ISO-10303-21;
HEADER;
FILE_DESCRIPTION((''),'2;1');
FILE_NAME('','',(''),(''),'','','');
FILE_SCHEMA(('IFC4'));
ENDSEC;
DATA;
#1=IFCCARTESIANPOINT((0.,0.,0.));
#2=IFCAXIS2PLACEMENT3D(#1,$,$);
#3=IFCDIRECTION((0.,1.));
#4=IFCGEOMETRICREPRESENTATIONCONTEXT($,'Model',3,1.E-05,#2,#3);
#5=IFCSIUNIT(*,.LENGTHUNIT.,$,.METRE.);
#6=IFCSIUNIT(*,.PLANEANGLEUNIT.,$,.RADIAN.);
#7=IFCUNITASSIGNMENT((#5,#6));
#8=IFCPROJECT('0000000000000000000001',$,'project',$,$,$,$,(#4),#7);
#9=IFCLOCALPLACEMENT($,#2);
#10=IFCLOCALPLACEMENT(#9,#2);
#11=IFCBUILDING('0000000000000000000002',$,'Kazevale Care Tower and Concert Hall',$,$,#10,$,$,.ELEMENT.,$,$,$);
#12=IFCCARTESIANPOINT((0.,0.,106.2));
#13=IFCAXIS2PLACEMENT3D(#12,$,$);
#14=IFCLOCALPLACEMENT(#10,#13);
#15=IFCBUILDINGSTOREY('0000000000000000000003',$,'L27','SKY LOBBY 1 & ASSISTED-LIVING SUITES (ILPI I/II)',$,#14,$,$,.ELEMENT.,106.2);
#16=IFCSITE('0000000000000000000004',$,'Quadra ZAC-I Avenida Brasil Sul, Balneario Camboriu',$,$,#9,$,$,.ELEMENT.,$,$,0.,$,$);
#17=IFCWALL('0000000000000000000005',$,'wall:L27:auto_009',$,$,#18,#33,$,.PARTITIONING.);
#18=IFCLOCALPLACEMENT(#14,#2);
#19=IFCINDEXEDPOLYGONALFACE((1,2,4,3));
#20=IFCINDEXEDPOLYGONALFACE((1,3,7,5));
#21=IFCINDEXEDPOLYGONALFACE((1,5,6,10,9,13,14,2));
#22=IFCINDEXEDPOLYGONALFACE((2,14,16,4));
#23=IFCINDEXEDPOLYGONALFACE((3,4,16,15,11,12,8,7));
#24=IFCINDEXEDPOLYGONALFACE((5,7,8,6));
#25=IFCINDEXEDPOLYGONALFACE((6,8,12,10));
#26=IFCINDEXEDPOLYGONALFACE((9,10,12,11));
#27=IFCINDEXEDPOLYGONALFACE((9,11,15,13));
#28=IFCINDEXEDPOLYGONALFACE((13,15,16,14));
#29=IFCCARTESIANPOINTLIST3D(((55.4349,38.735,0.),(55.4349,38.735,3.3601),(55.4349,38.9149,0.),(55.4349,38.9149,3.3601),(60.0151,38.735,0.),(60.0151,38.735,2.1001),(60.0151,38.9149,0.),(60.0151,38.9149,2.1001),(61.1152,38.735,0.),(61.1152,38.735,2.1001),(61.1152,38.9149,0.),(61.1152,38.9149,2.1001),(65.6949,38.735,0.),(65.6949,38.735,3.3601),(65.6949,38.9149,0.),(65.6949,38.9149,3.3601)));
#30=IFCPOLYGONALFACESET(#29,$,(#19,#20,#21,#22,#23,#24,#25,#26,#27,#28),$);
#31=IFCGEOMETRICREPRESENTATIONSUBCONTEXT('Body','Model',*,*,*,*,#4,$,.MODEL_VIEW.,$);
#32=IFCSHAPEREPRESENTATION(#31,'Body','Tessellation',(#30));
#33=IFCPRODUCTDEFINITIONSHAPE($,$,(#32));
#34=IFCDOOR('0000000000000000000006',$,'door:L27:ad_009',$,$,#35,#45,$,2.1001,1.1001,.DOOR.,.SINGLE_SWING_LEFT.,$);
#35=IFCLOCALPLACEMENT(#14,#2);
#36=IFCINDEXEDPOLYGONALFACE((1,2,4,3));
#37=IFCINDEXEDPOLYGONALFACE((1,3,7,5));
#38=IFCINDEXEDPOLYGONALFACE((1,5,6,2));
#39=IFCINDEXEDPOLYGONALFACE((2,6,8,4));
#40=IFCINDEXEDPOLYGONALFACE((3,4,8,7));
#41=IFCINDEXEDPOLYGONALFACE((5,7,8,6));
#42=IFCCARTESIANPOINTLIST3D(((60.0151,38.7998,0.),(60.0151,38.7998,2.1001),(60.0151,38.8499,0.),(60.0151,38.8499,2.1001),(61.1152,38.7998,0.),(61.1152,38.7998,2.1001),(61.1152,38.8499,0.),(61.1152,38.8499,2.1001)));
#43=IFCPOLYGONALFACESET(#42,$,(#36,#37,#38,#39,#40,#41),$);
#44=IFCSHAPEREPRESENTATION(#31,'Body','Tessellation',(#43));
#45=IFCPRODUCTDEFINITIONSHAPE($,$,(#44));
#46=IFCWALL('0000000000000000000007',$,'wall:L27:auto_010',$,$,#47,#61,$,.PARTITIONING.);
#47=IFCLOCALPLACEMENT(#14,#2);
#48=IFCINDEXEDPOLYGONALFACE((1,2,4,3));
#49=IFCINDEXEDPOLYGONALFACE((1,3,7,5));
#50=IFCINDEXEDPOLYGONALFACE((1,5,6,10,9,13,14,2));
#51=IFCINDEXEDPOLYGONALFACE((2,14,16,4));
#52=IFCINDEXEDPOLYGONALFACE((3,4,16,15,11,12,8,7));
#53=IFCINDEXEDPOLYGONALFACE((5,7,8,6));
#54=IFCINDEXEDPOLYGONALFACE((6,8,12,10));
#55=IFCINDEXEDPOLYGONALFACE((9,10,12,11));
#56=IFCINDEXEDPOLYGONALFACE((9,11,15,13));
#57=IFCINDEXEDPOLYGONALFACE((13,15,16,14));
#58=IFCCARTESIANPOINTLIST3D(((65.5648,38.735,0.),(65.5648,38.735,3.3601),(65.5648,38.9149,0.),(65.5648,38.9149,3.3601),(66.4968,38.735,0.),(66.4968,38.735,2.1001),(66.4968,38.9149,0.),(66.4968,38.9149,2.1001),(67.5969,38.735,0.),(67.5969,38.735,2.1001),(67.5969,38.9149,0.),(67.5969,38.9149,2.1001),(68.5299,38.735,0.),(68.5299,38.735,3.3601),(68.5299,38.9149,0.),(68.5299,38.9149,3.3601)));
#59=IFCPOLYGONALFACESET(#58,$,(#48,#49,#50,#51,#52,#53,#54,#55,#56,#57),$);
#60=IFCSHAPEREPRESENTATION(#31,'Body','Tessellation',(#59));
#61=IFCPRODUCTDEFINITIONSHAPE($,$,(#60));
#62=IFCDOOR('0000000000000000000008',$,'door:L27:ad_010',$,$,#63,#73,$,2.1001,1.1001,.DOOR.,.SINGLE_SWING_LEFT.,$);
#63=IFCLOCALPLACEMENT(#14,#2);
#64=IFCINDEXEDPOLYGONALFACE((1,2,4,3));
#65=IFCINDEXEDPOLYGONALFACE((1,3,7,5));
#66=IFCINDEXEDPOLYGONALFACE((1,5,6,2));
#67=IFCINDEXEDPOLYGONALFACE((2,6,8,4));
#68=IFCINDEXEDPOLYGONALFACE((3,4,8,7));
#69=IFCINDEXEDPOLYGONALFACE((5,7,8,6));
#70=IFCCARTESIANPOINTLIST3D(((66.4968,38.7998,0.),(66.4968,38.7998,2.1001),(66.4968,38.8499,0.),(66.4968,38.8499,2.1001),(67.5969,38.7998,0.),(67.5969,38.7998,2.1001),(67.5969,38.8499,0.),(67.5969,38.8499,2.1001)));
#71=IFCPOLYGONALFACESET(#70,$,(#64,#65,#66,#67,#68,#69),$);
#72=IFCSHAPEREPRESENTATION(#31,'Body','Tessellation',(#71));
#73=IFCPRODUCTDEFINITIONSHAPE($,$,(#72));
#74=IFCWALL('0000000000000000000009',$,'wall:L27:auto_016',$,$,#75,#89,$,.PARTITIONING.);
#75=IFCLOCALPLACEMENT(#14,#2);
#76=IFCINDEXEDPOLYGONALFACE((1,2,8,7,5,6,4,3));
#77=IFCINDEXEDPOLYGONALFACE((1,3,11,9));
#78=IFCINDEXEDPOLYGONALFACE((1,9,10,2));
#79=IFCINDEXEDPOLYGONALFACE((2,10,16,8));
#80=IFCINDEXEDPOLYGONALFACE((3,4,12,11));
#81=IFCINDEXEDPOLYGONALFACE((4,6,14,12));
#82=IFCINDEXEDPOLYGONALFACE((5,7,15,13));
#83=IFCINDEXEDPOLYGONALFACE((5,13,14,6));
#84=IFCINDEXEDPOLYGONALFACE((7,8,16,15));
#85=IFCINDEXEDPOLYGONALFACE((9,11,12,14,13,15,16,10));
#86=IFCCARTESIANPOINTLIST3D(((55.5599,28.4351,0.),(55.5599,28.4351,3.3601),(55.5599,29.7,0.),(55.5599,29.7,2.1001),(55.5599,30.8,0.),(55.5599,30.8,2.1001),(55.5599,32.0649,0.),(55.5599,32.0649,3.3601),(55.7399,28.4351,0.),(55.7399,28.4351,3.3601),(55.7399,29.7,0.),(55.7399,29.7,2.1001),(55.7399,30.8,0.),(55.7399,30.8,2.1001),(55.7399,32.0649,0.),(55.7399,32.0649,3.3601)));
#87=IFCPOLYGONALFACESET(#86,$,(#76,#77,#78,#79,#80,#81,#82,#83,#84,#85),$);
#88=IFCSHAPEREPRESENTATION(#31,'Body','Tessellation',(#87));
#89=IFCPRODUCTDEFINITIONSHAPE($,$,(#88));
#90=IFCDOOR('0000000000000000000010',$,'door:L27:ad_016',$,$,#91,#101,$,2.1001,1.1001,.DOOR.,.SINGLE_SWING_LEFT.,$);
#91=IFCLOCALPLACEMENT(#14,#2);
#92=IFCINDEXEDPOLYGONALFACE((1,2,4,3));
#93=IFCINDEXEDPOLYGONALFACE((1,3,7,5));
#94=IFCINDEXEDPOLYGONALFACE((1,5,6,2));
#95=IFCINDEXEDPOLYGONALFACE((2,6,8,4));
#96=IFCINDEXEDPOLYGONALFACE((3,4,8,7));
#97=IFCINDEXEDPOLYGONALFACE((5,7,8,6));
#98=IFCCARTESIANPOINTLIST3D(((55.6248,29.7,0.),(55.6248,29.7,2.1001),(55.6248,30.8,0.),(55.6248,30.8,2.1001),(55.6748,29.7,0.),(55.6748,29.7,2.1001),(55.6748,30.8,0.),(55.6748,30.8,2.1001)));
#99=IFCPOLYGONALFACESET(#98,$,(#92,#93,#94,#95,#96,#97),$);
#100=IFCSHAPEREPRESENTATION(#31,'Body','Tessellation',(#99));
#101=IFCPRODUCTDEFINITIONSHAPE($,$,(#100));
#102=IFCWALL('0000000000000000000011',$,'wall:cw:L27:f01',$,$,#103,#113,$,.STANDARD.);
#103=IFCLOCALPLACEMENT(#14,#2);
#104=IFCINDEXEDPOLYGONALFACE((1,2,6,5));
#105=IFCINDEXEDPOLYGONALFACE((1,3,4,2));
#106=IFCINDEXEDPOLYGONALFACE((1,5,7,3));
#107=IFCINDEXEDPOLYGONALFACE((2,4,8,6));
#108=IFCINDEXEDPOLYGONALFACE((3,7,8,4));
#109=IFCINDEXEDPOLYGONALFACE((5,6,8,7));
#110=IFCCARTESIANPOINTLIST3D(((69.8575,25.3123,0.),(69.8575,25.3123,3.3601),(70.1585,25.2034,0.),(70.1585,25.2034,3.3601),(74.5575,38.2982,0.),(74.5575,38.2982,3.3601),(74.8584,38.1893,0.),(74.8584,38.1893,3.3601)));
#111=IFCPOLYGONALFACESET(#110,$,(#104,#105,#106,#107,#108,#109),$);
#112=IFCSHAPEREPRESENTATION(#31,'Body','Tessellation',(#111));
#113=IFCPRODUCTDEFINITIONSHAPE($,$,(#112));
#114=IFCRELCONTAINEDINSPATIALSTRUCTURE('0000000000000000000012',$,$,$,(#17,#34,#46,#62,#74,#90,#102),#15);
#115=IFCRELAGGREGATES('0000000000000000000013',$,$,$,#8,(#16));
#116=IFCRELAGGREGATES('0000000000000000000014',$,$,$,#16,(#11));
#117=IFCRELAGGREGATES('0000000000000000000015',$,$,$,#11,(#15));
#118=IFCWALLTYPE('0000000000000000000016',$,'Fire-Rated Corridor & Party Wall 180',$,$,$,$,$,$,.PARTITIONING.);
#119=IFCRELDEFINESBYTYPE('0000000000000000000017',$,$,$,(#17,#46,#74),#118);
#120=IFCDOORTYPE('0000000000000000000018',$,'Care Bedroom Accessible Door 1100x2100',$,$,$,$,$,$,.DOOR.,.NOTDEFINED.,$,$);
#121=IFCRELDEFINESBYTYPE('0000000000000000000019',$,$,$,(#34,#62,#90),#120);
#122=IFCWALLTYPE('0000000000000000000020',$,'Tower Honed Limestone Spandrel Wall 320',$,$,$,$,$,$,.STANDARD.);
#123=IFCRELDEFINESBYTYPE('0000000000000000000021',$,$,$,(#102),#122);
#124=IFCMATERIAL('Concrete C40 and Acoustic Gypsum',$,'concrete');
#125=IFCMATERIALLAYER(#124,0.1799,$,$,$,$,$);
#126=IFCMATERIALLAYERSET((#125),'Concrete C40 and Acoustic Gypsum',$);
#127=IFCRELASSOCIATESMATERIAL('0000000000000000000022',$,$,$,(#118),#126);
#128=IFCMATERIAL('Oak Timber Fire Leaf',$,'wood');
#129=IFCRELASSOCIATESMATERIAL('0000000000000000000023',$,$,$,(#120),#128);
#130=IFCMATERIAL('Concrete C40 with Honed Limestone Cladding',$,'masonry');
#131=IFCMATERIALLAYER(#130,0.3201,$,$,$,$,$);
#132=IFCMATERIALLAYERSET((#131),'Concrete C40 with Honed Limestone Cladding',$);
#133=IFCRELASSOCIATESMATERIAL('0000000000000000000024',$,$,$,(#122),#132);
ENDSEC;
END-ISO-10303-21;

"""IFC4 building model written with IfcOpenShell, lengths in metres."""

from ifc_helpers import new_model, si_unit, direction, frame, frame_2d, origin, place, context, subcontext, project, spatial, rectangle, extrude, material, layer, layer_set, type_object, element, fill, save


model = new_model("IFC4")

# Units and contexts
model_context = context("Model", 3, precision=1e-05, world=origin(), true_north=direction((0.0, 1.0)))
body_context = subcontext(model_context, "Body", "Model", "MODEL_VIEW")
ifc_project = project(units=[si_unit("LENGTHUNIT", "METRE"), si_unit("PLANEANGLEUNIT", "RADIAN")], contexts=[model_context])

# Site, building, storey
site_placement = place(None, origin())
site = spatial("IfcSite", under=ifc_project, at=site_placement, Name="Quadra ZAC-I Avenida Brasil Sul, Balneario Camboriu", CompositionType="ELEMENT", RefElevation=0.0)
building_placement = place(site_placement, origin())
building = spatial("IfcBuilding", under=site, at=building_placement, Name="Kazevale Care Tower and Concert Hall", CompositionType="ELEMENT")
storey_placement = place(building_placement, frame((0.0, 0.0, 106.2)))
storey = spatial("IfcBuildingStorey", under=building, at=storey_placement, Name="L27", Description="SKY LOBBY 1 & ASSISTED-LIVING SUITES (ILPI I/II)", CompositionType="ELEMENT", Elevation=106.2)

# Walls, openings, doors
ifc_material_1 = material(Name="Concrete C40 and Acoustic Gypsum", Category="concrete")
ifc_layer_1 = layer(ifc_material_1, 0.1799)
ifc_layer_set_1 = layer_set([ifc_layer_1], Name="Concrete C40 and Acoustic Gypsum")
wall_type_1 = type_object("IfcWallType", Name="Fire-Rated Corridor & Party Wall 180", PredefinedType="PARTITIONING", material=ifc_layer_set_1)
ifc_material_2 = material(Name="Oak Timber Fire Leaf", Category="wood")
door_type = type_object("IfcDoorType", Name="Care Bedroom Accessible Door 1100x2100", OperationType="NOTDEFINED", PredefinedType="DOOR", material=ifc_material_2)
wall_1_placement = place(storey_placement, frame((55.4351, 38.825, 0.0), z_axis=(0.0, 0.0, 1.0), x_axis=(1.0, 0.0, 0.0)))
wall_1 = element("IfcWall", 1, at=wall_1_placement, inside=storey, type_object=wall_type_1, Name="wall:L27:auto_009", PredefinedType="PARTITIONING", context=body_context, shape_type="SweptSolid", body=[
    extrude(rectangle(XDim=10.26, YDim=0.1799, at=frame_2d((5.1299, 0.0))), origin(), (0.0, 0.0, 1.0), 3.3601),
])
opening_1_placement = place(wall_1_placement, frame((4.5801, 0.0, 0.0)))
opening_1 = element("IfcOpeningElement", 2, at=opening_1_placement, cuts=wall_1, PredefinedType="OPENING", context=body_context, shape_type="SweptSolid", body=[
    extrude(rectangle(XDim=1.1001, YDim=2.1001, at=frame_2d((0.55, 1.05))), frame((0.0, 0.0999, 0.0), z_axis=(0.0, -1.0, 0.0), x_axis=(1.0, 0.0, 0.0)), (0.0, 0.0, 1.0), 0.2),
])
door_1_placement = place(opening_1_placement, origin())
door_1 = element("IfcDoor", 3, at=door_1_placement, inside=storey, type_object=door_type, Name="door:L27:ad_009", OperationType="SINGLE_SWING_LEFT", OverallHeight=2.1001, OverallWidth=1.1001, PredefinedType="DOOR", context=body_context, shape_type="SweptSolid", body=[
    extrude(rectangle(XDim=1.1001, YDim=2.1001, at=frame_2d((0.55, 1.05))), frame((0.0, 0.0249, 0.0), z_axis=(0.0, -1.0, 0.0), x_axis=(1.0, 0.0, 0.0)), (0.0, 0.0, 1.0), 0.05),
])
fill(opening_1, door_1)
wall_2_placement = place(storey_placement, frame((65.5649, 38.825, 0.0), z_axis=(0.0, 0.0, 1.0), x_axis=(1.0, 0.0, 0.0)))
wall_2 = element("IfcWall", 4, at=wall_2_placement, inside=storey, type_object=wall_type_1, Name="wall:L27:auto_010", PredefinedType="PARTITIONING", context=body_context, shape_type="SweptSolid", body=[
    extrude(rectangle(XDim=2.9651, YDim=0.1799, at=frame_2d((1.4824, 0.0))), origin(), (0.0, 0.0, 1.0), 3.3601),
])
opening_2_placement = place(wall_2_placement, frame((0.9319, 0.0, 0.0)))
opening_2 = element("IfcOpeningElement", 5, at=opening_2_placement, cuts=wall_2, PredefinedType="OPENING", context=body_context, shape_type="SweptSolid", body=[
    extrude(rectangle(XDim=1.1001, YDim=2.1001, at=frame_2d((0.55, 1.05))), frame((0.0, 0.0999, 0.0), z_axis=(0.0, -1.0, 0.0), x_axis=(1.0, 0.0, 0.0)), (0.0, 0.0, 1.0), 0.2),
])
door_2_placement = place(opening_2_placement, origin())
door_2 = element("IfcDoor", 6, at=door_2_placement, inside=storey, type_object=door_type, Name="door:L27:ad_010", OperationType="SINGLE_SWING_LEFT", OverallHeight=2.1001, OverallWidth=1.1001, PredefinedType="DOOR", context=body_context, shape_type="SweptSolid", body=[
    extrude(rectangle(XDim=1.1001, YDim=2.1001, at=frame_2d((0.55, 1.05))), frame((0.0, 0.0249, 0.0), z_axis=(0.0, -1.0, 0.0), x_axis=(1.0, 0.0, 0.0)), (0.0, 0.0, 1.0), 0.05),
])
fill(opening_2, door_2)
wall_3_placement = place(storey_placement, frame((55.6499, 32.0649, 0.0), z_axis=(0.0, 0.0, 1.0), x_axis=(0.0, -1.0, 0.0)))
wall_3 = element("IfcWall", 7, at=wall_3_placement, inside=storey, type_object=wall_type_1, Name="wall:L27:auto_016", PredefinedType="PARTITIONING", context=body_context, shape_type="SweptSolid", body=[
    extrude(rectangle(XDim=3.6299, YDim=0.1799, at=frame_2d((1.8149, 0.0))), origin(), (0.0, 0.0, 1.0), 3.3601),
])
opening_3_placement = place(wall_3_placement, frame((1.2649, 0.0, 0.0)))
opening_3 = element("IfcOpeningElement", 8, at=opening_3_placement, cuts=wall_3, PredefinedType="OPENING", context=body_context, shape_type="SweptSolid", body=[
    extrude(rectangle(XDim=1.1001, YDim=2.1001, at=frame_2d((0.55, 1.05))), frame((0.0, 0.0999, 0.0), z_axis=(0.0, -1.0, 0.0), x_axis=(1.0, 0.0, 0.0)), (0.0, 0.0, 1.0), 0.2),
])
door_3_placement = place(opening_3_placement, origin())
door_3 = element("IfcDoor", 9, at=door_3_placement, inside=storey, type_object=door_type, Name="door:L27:ad_016", OperationType="SINGLE_SWING_LEFT", OverallHeight=2.1001, OverallWidth=1.1001, PredefinedType="DOOR", context=body_context, shape_type="SweptSolid", body=[
    extrude(rectangle(XDim=1.1001, YDim=2.1001, at=frame_2d((0.55, 1.05))), frame((0.0, 0.0249, 0.0), z_axis=(0.0, -1.0, 0.0), x_axis=(1.0, 0.0, 0.0)), (0.0, 0.0, 1.0), 0.05),
])
fill(opening_3, door_3)

# Wall
ifc_material_3 = material(Name="Concrete C40 with Honed Limestone Cladding", Category="masonry")
ifc_layer_2 = layer(ifc_material_3, 0.3201)
ifc_layer_set_2 = layer_set([ifc_layer_2], Name="Concrete C40 with Honed Limestone Cladding")
wall_type_2 = type_object("IfcWallType", Name="Tower Honed Limestone Spandrel Wall 320", PredefinedType="STANDARD", material=ifc_layer_set_2)
wall_4_placement = place(storey_placement, frame((74.708, 38.2439, 0.0), z_axis=(0.0, 0.0, 1.0), x_axis=(-0.340325, -0.940308, 0.0)))
element("IfcWall", 10, at=wall_4_placement, inside=storey, type_object=wall_type_2, Name="wall:cw:L27:f01", PredefinedType="STANDARD", context=body_context, shape_type="SweptSolid", body=[
    extrude(rectangle(XDim=13.8103, YDim=0.3201, at=frame_2d((6.9053, 0.0))), origin(), (0.0, 0.0, 1.0), 3.3601),
])

save(model, "model.ifc")
